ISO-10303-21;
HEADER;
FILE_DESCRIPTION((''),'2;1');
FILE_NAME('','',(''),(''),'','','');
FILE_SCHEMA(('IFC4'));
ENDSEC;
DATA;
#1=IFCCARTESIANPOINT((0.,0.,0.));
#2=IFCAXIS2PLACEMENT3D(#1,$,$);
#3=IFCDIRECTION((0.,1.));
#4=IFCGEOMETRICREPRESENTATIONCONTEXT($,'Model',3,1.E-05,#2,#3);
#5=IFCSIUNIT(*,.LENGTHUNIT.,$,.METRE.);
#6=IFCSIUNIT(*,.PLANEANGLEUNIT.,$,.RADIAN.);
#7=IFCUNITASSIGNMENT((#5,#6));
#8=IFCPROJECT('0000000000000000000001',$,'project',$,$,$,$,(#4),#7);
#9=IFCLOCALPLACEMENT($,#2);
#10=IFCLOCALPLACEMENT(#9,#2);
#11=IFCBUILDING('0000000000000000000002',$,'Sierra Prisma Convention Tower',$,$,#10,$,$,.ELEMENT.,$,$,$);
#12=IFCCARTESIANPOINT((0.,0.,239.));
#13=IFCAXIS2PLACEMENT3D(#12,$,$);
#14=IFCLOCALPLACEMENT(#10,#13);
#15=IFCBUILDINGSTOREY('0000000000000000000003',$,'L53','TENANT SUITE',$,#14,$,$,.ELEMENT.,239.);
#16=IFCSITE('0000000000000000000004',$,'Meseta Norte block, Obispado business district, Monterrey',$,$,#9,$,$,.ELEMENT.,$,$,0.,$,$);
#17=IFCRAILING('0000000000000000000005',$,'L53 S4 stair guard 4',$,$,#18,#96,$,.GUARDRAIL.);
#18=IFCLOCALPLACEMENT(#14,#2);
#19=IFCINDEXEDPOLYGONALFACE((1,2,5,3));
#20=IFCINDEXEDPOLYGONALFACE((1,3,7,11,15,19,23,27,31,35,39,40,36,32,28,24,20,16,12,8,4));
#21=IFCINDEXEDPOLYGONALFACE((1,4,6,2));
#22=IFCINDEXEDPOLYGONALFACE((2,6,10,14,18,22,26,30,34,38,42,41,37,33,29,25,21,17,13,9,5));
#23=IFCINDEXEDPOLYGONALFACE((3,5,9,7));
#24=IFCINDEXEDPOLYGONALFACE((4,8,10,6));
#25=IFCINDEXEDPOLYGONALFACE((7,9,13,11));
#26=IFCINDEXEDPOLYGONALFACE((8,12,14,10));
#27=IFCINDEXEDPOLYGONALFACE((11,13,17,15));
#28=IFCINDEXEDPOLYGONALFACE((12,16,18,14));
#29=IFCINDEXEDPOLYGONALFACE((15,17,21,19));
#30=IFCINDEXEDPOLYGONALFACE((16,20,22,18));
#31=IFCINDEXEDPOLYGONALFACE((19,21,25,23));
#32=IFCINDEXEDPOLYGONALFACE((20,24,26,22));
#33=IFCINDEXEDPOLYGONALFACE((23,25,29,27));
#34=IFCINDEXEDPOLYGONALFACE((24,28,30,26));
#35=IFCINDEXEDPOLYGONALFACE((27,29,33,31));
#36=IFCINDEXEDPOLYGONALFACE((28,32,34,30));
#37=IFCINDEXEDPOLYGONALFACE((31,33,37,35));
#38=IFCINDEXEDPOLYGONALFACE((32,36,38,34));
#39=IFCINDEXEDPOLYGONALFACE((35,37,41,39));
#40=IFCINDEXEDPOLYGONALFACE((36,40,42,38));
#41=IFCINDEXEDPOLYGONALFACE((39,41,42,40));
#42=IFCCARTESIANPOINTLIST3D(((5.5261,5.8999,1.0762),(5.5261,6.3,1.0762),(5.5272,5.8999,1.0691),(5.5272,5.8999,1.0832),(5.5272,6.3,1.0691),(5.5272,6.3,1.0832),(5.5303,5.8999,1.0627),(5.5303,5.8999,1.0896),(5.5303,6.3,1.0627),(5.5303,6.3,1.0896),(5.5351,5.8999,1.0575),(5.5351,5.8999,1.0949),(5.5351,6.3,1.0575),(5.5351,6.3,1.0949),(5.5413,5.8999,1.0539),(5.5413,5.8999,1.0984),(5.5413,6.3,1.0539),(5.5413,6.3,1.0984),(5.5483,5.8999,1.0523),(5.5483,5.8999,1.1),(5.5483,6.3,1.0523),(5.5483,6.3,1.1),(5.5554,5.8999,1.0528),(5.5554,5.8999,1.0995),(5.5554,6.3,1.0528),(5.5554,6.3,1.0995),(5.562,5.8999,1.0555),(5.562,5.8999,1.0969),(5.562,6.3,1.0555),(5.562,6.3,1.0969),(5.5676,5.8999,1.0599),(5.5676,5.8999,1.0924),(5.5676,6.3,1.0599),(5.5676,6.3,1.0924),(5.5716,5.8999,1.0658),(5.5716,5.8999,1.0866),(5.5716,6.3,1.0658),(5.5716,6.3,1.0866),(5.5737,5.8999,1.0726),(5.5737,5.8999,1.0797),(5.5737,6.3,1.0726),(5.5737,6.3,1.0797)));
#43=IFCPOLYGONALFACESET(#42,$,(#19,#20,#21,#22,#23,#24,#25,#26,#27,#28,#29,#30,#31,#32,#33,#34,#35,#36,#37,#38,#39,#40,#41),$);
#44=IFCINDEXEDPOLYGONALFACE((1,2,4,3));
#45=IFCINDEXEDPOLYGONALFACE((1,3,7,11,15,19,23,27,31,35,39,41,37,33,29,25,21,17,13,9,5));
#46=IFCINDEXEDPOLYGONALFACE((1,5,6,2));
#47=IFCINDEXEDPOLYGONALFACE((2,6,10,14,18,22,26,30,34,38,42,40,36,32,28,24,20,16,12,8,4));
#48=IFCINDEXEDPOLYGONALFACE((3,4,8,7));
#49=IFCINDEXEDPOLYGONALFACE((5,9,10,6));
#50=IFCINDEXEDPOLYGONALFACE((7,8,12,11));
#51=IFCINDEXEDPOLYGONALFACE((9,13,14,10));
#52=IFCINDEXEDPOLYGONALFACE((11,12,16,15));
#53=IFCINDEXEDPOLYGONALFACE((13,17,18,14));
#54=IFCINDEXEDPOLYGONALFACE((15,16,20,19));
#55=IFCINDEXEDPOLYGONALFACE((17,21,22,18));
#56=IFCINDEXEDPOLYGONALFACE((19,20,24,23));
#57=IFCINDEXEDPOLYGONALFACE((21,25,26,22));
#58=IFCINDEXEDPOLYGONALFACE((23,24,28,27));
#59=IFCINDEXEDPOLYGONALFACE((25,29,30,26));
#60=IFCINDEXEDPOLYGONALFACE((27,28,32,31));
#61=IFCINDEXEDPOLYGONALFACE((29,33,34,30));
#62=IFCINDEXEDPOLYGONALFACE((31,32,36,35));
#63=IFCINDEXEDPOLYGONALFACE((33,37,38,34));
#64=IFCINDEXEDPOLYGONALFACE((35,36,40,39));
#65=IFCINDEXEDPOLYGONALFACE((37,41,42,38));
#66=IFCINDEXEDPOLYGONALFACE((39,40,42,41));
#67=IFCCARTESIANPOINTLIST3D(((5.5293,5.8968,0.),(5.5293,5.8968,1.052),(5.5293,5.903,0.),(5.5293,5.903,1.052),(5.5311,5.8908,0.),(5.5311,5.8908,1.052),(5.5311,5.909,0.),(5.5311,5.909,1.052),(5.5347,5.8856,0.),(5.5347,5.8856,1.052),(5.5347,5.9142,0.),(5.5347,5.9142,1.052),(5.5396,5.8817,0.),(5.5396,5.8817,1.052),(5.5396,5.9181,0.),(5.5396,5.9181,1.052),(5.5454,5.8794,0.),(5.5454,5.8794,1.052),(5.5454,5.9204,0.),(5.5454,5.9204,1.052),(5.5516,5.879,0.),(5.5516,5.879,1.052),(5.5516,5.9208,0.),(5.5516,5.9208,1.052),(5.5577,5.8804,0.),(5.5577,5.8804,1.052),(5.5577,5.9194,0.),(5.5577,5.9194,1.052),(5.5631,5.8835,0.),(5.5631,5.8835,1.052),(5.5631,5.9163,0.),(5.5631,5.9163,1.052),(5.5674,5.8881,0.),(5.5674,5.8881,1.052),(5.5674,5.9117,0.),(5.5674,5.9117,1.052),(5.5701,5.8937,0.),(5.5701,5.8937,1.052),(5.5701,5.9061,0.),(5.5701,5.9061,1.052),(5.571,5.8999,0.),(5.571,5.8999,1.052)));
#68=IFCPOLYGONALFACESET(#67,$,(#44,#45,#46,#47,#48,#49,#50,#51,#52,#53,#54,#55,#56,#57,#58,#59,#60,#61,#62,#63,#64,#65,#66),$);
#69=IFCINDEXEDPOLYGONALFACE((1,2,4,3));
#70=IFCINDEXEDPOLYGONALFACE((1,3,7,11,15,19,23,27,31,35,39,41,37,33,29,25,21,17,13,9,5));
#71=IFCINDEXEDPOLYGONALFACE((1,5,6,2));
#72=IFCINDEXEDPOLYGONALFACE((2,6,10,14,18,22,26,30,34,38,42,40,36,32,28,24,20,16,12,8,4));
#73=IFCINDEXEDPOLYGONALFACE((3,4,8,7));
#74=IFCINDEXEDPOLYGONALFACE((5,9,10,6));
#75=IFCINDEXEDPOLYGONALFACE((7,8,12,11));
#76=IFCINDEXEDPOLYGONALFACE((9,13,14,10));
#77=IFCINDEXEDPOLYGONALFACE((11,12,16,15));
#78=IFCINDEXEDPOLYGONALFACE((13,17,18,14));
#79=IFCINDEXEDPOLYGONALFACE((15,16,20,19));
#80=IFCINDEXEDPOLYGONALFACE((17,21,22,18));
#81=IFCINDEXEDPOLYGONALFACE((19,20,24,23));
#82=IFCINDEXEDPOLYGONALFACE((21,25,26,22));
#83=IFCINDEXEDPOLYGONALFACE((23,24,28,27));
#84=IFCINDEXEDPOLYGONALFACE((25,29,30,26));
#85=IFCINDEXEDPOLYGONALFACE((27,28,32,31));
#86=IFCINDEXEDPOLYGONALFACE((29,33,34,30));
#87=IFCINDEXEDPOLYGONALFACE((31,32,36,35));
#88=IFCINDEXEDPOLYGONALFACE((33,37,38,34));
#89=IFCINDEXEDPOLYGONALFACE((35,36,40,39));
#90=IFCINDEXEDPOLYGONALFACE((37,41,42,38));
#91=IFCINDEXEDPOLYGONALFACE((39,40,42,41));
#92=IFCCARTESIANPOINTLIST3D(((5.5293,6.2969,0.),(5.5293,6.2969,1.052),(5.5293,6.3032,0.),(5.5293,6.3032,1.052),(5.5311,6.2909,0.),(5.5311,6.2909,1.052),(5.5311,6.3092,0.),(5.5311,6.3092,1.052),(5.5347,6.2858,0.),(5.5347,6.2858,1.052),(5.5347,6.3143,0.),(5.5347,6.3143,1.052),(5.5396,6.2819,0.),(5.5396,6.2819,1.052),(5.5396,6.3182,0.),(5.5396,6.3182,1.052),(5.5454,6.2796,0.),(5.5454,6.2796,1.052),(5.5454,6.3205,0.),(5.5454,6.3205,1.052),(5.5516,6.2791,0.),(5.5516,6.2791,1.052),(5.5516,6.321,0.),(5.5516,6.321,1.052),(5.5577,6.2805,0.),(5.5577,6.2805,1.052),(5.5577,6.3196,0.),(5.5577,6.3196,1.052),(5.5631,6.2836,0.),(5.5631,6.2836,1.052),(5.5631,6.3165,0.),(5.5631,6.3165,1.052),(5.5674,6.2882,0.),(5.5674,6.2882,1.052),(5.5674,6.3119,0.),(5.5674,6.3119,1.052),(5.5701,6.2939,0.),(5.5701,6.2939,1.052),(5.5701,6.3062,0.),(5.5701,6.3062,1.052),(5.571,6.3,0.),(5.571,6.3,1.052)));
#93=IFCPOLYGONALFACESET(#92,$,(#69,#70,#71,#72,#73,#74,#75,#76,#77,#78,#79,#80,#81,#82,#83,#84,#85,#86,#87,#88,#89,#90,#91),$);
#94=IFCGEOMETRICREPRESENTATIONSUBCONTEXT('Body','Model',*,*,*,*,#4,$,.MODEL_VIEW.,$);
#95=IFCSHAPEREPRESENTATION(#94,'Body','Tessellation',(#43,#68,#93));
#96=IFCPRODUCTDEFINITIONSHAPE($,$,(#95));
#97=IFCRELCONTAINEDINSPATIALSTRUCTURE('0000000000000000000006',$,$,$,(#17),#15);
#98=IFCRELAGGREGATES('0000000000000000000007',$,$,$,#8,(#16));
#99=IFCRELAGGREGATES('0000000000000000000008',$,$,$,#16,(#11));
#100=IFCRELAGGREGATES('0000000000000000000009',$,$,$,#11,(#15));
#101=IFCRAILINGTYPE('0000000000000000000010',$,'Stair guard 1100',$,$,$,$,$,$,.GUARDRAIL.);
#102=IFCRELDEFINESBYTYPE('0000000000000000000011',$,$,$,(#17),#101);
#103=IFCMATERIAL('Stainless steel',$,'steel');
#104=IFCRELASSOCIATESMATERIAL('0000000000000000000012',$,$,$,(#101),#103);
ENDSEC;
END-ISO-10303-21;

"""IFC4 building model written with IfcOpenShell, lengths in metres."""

from ifc_helpers import new_model, si_unit, direction, frame, origin, origin_2d, place, context, subcontext, project, spatial, circle, extrude, material, type_object, element, save


model = new_model("IFC4")

# Units and contexts
model_context = context("Model", 3, precision=1e-05, world=origin(), true_north=direction((0.0, 1.0)))
body_context = subcontext(model_context, "Body", "Model", "MODEL_VIEW")
ifc_project = project(units=[si_unit("LENGTHUNIT", "METRE"), si_unit("PLANEANGLEUNIT", "RADIAN")], contexts=[model_context])

# Site, building, storey
site_placement = place(None, origin())
site = spatial("IfcSite", under=ifc_project, at=site_placement, Name="Meseta Norte block, Obispado business district, Monterrey", CompositionType="ELEMENT", RefElevation=0.0)
building_placement = place(site_placement, origin())
building = spatial("IfcBuilding", under=site, at=building_placement, Name="Sierra Prisma Convention Tower", CompositionType="ELEMENT")
storey_placement = place(building_placement, frame((0.0, 0.0, 239.0)))
storey = spatial("IfcBuildingStorey", under=building, at=storey_placement, Name="L53", Description="TENANT SUITE", CompositionType="ELEMENT", Elevation=239.0)

# Railing
ifc_material_1 = material(Name="Stainless steel", Category="steel")
railing_type_1 = type_object("IfcRailingType", Name="Stair guard 1100", PredefinedType="GUARDRAIL", material=ifc_material_1)
railing_1_placement = place(storey_placement, frame((5.55, 5.8999, 0.0)))
element("IfcRailing", 1, at=railing_1_placement, inside=storey, type_object=railing_type_1, Name="L53 S4 stair guard 4", PredefinedType="GUARDRAIL", context=body_context, shape_type="SweptSolid", body=[
    extrude(circle(Radius=0.0239, at=origin_2d()), frame((0.0, 0.0, 1.0762), z_axis=(0.0, 1.0, 0.0), x_axis=(-1.0, 0.0, 0.0)), (0.0, 0.0, 1.0), 0.4001),
    extrude(circle(Radius=0.021, at=origin_2d()), origin(), (0.0, 0.0, 1.0), 1.052),
    extrude(circle(Radius=0.021, at=origin_2d()), frame((0.0, 0.4001, 0.0)), (0.0, 0.0, 1.0), 1.052),
])

save(model, "model.ifc")
